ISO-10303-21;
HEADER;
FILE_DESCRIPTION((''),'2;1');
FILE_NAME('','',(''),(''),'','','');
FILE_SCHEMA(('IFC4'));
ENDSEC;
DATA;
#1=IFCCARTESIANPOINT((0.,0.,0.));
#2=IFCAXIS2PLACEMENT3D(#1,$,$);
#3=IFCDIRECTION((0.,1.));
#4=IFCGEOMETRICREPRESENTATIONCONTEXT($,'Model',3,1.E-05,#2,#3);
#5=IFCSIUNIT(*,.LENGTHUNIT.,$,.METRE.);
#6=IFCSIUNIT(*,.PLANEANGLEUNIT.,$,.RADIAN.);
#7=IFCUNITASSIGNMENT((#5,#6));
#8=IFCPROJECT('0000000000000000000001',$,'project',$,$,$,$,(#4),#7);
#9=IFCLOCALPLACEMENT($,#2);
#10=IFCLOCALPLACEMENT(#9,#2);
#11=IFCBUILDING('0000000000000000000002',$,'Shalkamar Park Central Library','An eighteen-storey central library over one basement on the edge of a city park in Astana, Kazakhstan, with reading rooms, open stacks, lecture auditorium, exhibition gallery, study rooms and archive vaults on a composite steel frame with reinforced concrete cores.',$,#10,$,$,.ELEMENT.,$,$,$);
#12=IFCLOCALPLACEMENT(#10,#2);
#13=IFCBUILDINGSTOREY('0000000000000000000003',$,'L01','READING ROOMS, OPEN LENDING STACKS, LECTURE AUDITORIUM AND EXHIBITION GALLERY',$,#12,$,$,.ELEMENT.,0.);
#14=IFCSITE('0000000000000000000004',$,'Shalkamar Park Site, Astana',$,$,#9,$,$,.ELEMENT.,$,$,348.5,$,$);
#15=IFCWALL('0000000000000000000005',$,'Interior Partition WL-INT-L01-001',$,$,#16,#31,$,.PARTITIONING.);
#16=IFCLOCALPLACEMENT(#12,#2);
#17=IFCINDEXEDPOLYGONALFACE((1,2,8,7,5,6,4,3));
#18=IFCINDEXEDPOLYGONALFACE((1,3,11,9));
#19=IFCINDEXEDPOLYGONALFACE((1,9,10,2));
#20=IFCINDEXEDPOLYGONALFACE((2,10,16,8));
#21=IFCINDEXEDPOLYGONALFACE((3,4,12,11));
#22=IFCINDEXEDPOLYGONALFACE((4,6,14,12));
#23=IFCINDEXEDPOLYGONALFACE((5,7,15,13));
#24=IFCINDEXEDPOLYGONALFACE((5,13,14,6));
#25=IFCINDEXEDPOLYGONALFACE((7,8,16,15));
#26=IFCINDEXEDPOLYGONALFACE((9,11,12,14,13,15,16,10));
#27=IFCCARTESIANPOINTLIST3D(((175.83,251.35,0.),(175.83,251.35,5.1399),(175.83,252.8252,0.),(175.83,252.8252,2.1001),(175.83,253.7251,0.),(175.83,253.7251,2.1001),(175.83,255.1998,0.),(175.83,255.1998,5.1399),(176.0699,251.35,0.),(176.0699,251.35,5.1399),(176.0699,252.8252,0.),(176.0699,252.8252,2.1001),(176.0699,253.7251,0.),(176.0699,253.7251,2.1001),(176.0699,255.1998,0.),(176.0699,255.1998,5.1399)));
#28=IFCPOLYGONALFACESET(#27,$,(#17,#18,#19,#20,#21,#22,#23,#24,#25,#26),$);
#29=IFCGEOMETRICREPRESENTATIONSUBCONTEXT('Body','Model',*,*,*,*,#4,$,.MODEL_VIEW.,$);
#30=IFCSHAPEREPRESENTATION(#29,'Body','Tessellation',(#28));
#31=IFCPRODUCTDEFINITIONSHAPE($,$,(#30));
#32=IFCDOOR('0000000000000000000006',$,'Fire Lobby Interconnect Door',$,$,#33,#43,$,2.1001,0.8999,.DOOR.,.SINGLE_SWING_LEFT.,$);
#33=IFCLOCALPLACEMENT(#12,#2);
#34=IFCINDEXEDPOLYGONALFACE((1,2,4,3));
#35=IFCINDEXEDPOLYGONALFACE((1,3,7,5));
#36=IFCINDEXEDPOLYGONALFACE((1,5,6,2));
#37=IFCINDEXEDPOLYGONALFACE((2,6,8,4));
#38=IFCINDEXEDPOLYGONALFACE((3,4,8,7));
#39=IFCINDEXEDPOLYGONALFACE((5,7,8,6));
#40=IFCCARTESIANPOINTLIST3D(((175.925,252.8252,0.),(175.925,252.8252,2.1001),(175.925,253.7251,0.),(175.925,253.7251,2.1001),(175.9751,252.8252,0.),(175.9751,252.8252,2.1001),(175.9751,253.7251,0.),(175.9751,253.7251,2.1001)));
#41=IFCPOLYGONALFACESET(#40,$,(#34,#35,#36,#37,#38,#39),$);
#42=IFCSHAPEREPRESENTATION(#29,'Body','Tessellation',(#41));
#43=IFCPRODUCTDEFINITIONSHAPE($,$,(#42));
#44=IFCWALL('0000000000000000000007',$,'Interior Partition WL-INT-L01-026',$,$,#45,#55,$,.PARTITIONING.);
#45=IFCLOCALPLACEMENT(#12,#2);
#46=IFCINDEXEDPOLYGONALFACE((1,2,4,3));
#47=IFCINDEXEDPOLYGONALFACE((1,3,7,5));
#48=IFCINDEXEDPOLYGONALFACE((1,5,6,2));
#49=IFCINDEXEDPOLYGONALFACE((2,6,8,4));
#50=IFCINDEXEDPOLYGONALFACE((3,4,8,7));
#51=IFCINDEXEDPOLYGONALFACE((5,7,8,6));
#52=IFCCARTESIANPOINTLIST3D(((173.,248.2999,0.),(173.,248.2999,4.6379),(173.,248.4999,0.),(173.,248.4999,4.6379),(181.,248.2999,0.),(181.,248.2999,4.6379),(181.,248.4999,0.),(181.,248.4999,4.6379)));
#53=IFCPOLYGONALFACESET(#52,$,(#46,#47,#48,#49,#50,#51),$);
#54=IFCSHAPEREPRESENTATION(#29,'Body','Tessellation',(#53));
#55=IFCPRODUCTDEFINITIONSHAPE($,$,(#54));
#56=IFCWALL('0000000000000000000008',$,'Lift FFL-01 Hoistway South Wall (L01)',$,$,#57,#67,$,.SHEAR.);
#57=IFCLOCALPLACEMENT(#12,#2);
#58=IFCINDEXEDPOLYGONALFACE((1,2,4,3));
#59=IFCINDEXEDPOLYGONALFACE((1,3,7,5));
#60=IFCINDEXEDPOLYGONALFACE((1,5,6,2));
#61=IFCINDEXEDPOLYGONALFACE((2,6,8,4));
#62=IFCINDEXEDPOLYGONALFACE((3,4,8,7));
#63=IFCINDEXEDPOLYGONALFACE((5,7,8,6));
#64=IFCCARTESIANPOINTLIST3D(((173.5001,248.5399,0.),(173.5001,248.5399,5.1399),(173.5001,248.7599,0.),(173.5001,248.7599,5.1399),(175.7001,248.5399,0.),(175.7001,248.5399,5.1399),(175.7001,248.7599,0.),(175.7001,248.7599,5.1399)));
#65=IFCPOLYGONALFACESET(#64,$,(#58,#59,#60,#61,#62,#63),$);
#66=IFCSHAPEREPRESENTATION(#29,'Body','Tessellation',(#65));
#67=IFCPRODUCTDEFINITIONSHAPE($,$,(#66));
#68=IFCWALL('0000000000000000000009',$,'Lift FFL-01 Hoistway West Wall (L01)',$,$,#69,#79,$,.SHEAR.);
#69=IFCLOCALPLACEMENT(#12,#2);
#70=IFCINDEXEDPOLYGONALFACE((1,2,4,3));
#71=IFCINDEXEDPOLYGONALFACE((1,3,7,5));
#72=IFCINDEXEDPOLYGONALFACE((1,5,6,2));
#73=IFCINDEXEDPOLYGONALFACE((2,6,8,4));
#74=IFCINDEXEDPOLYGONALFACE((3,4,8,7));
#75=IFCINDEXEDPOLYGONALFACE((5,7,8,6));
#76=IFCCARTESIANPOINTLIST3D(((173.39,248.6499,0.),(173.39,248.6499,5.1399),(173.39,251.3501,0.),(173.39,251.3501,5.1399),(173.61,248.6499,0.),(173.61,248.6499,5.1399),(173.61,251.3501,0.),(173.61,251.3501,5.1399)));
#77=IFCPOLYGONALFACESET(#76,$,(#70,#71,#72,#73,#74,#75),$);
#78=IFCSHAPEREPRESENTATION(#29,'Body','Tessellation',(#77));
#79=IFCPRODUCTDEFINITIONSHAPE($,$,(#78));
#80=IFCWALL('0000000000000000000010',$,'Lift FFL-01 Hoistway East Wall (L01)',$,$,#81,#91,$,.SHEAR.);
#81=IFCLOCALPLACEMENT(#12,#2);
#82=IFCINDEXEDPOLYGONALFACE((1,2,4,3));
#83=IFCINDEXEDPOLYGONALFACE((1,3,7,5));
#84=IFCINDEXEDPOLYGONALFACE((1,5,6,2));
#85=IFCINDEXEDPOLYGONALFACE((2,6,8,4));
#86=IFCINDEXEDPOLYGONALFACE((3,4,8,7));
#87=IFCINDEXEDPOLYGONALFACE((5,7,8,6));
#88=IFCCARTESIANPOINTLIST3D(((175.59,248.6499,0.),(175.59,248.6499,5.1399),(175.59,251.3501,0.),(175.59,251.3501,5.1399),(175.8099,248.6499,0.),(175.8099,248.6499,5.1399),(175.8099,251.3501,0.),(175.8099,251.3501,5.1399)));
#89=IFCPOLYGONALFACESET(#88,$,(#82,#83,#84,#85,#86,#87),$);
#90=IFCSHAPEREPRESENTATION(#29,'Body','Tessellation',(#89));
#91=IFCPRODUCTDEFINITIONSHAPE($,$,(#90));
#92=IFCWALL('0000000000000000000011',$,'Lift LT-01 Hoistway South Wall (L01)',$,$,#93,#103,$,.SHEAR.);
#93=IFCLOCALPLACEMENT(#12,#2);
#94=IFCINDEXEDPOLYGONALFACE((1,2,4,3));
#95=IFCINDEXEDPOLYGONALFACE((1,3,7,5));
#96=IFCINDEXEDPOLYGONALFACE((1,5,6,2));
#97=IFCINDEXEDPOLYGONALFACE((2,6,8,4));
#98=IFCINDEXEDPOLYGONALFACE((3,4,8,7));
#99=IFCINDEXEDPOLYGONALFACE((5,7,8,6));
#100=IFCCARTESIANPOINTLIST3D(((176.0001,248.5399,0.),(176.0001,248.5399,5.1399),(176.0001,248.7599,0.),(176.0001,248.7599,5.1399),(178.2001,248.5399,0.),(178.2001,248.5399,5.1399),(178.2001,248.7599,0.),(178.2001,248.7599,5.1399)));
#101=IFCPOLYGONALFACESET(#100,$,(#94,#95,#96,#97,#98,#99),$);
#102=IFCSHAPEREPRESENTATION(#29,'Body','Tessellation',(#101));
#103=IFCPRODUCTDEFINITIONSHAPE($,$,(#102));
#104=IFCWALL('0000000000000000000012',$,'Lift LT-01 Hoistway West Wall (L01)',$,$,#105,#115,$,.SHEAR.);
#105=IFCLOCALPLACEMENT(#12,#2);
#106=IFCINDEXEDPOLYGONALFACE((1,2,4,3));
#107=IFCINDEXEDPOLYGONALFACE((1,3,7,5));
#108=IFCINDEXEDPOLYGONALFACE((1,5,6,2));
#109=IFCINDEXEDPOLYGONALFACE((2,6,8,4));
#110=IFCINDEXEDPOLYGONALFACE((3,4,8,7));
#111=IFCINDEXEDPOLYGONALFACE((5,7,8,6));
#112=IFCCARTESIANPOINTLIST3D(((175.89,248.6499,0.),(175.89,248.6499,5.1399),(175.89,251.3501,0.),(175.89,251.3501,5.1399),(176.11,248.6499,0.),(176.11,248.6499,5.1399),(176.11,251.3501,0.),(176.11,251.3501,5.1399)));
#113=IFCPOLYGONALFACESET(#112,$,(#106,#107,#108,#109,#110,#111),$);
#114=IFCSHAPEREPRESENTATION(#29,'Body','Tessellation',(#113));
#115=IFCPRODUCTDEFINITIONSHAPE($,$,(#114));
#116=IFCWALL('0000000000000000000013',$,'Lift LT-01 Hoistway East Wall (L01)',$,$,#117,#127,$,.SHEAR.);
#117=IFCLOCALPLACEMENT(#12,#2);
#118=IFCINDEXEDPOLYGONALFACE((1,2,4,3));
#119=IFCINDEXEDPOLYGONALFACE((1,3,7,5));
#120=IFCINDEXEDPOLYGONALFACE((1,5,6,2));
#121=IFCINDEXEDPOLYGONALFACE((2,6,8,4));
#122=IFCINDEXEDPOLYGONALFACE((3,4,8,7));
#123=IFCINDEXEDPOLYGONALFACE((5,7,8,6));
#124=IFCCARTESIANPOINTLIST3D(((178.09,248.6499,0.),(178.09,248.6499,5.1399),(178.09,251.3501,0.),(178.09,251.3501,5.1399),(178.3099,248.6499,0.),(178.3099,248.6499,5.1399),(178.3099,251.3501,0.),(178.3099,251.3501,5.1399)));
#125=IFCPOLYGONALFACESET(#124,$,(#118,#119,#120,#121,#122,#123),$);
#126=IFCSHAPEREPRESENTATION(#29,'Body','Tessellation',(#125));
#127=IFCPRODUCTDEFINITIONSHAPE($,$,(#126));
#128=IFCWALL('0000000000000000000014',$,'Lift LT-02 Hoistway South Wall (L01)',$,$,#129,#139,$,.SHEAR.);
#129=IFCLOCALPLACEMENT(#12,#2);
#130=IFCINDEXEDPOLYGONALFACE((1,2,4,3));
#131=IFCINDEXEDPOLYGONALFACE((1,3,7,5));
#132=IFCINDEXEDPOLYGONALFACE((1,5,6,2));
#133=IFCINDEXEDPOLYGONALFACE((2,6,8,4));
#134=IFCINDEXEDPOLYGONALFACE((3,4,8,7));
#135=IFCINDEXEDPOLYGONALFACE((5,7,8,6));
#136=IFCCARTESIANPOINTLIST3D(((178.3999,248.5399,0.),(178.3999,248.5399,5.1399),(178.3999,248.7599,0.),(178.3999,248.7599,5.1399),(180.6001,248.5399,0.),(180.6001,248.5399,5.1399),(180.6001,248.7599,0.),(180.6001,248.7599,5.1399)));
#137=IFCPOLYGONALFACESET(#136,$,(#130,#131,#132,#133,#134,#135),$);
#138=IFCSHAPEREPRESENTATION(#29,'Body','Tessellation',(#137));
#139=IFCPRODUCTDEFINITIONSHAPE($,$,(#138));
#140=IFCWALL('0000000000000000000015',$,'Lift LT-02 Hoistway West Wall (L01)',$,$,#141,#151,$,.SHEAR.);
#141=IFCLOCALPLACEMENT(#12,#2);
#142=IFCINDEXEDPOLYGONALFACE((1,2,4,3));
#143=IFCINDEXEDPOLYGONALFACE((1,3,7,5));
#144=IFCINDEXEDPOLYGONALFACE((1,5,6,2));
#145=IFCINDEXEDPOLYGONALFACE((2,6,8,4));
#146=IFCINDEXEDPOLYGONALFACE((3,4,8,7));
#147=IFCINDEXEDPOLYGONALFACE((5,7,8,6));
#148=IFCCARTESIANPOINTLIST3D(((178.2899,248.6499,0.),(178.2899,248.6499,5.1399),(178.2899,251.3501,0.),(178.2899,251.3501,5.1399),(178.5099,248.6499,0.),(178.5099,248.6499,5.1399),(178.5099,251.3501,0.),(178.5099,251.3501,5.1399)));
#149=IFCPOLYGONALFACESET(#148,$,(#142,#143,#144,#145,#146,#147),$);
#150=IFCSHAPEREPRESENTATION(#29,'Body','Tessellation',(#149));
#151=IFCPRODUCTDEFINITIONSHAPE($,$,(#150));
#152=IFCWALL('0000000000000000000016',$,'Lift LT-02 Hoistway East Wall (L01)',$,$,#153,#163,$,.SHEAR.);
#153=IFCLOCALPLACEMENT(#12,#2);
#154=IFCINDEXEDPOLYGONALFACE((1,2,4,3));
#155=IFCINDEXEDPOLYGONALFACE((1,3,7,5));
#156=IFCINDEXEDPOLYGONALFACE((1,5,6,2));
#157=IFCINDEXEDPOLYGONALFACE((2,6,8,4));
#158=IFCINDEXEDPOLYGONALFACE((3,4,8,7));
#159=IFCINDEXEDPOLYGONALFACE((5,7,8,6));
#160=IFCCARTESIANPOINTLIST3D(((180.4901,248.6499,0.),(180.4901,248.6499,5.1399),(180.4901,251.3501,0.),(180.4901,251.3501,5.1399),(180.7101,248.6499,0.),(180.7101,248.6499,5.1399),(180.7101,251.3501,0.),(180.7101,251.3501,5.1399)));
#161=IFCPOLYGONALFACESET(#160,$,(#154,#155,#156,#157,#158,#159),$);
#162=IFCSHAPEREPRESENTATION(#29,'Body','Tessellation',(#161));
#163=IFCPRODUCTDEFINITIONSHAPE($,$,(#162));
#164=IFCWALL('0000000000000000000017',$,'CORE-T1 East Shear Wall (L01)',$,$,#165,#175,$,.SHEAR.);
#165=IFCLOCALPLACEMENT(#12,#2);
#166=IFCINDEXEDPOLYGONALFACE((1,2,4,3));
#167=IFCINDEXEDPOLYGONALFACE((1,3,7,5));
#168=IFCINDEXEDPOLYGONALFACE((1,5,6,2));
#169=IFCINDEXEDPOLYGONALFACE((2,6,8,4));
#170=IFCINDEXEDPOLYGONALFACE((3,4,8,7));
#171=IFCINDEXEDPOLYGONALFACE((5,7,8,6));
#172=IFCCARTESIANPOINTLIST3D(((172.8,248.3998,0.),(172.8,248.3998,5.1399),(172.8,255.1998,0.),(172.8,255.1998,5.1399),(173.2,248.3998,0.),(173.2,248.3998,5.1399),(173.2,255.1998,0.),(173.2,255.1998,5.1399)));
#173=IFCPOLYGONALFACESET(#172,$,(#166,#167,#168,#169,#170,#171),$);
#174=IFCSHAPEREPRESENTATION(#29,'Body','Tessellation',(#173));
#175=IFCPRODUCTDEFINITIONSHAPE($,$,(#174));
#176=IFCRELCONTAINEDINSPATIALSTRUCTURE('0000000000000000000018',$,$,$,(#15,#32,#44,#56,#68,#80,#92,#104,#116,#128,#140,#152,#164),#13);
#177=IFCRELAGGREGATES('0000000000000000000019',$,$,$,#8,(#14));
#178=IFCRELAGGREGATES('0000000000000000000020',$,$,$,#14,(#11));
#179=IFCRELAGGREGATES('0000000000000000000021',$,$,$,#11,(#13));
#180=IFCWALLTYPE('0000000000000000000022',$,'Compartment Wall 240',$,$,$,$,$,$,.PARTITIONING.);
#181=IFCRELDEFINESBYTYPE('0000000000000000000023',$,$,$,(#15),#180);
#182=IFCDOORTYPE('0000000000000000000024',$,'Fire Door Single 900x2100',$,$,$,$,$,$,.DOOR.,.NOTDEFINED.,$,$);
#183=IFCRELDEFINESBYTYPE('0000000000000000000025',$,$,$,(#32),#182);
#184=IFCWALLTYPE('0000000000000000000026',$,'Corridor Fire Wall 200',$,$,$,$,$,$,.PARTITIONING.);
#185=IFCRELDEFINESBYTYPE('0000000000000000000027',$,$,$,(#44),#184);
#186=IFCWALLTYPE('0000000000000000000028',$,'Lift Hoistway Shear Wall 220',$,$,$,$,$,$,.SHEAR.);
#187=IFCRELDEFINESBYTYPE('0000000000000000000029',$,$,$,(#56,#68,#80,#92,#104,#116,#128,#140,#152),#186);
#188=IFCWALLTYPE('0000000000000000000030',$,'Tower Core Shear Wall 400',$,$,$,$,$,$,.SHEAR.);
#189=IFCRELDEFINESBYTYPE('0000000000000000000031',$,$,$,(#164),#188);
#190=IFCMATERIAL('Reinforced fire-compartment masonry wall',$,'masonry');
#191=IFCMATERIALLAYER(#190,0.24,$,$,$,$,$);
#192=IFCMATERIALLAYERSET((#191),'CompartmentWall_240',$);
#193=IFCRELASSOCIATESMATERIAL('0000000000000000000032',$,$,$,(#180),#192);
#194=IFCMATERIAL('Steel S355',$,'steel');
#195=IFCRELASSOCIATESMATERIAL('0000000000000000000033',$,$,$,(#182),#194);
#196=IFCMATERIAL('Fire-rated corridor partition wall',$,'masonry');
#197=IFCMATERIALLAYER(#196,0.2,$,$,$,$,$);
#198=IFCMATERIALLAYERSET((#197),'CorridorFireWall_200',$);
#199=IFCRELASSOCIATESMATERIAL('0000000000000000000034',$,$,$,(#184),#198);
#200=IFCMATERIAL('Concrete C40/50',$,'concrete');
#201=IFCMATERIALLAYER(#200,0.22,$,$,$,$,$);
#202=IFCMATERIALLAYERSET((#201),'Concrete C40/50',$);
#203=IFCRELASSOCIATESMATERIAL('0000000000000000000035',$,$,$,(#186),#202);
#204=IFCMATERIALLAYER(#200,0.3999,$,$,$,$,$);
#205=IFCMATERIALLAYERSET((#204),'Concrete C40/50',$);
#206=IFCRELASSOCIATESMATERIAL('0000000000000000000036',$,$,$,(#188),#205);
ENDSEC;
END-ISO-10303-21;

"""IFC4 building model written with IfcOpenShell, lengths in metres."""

from ifc_helpers import new_model, si_unit, direction, frame, frame_2d, origin, place, context, subcontext, project, spatial, rectangle, extrude, material, layer, layer_set, type_object, element, fill, save


model = new_model("IFC4")

# Units and contexts
model_context = context("Model", 3, precision=1e-05, world=origin(), true_north=direction((0.0, 1.0)))
body_context = subcontext(model_context, "Body", "Model", "MODEL_VIEW")
ifc_project = project(units=[si_unit("LENGTHUNIT", "METRE"), si_unit("PLANEANGLEUNIT", "RADIAN")], contexts=[model_context])

# Site, building, storey
site_placement = place(None, origin())
site = spatial("IfcSite", under=ifc_project, at=site_placement, Name="Shalkamar Park Site, Astana", CompositionType="ELEMENT", RefElevation=348.5)
building_placement = place(site_placement, origin())
building = spatial("IfcBuilding", under=site, at=building_placement, Name="Shalkamar Park Central Library", Description="An eighteen-storey central library over one basement on the edge of a city park in Astana, Kazakhstan, with reading rooms, open stacks, lecture auditorium, exhibition gallery, study rooms and archive vaults on a composite steel frame with reinforced concrete cores.", CompositionType="ELEMENT")
storey_placement = place(building_placement, origin())
storey = spatial("IfcBuildingStorey", under=building, at=storey_placement, Name="L01", Description="READING ROOMS, OPEN LENDING STACKS, LECTURE AUDITORIUM AND EXHIBITION GALLERY", CompositionType="ELEMENT", Elevation=0.0)

# Shared definitions
ifc_material_1 = material(Name="Steel S355", Category="steel")

# Wall, opening, door
ifc_material_2 = material(Name="Reinforced fire-compartment masonry wall", Category="masonry")
ifc_layer_1 = layer(ifc_material_2, 0.24)
ifc_layer_set_1 = layer_set([ifc_layer_1], Name="CompartmentWall_240")
wall_type_1 = type_object("IfcWallType", Name="Compartment Wall 240", PredefinedType="PARTITIONING", material=ifc_layer_set_1)
wall_1_placement = place(storey_placement, frame((175.95, 251.3501, 0.0), z_axis=(0.0, 0.0, 1.0), x_axis=(0.0, 1.0, 0.0)))
wall_1 = element("IfcWall", 1, at=wall_1_placement, inside=storey, type_object=wall_type_1, Name="Interior Partition WL-INT-L01-001", PredefinedType="PARTITIONING", context=body_context, shape_type="SweptSolid", body=[
    extrude(rectangle(XDim=3.8499, YDim=0.24, at=frame_2d((1.9248, 0.0))), origin(), (0.0, 0.0, 1.0), 5.1399),
])
opening_1_placement = place(wall_1_placement, frame((1.4751, 0.0, 0.0)))
opening_1 = element("IfcOpeningElement", 2, at=opening_1_placement, cuts=wall_1, PredefinedType="OPENING", context=body_context, shape_type="SweptSolid", body=[
    extrude(rectangle(XDim=0.8999, YDim=2.1001, at=frame_2d((0.45, 1.05))), frame((0.0, 0.1348, 0.0), z_axis=(0.0, -1.0, 0.0), x_axis=(1.0, 0.0, 0.0)), (0.0, 0.0, 1.0), 0.2698),
])
door_type_1 = type_object("IfcDoorType", Name="Fire Door Single 900x2100", OperationType="NOTDEFINED", PredefinedType="DOOR", material=ifc_material_1)
door_1_placement = place(opening_1_placement, origin())
door_1 = element("IfcDoor", 3, at=door_1_placement, inside=storey, type_object=door_type_1, Name="Fire Lobby Interconnect Door", OperationType="SINGLE_SWING_LEFT", OverallHeight=2.1001, OverallWidth=0.8999, PredefinedType="DOOR", context=body_context, shape_type="SweptSolid", body=[
    extrude(rectangle(XDim=0.8999, YDim=2.1001, at=frame_2d((0.45, 1.05))), frame((0.0, 0.0249, 0.0), z_axis=(0.0, -1.0, 0.0), x_axis=(1.0, 0.0, 0.0)), (0.0, 0.0, 1.0), 0.05),
])
fill(opening_1, door_1)

# Walls
ifc_material_3 = material(Name="Fire-rated corridor partition wall", Category="masonry")
ifc_layer_2 = layer(ifc_material_3, 0.2)
ifc_layer_set_2 = layer_set([ifc_layer_2], Name="CorridorFireWall_200")
wall_type_2 = type_object("IfcWallType", Name="Corridor Fire Wall 200", PredefinedType="PARTITIONING", material=ifc_layer_set_2)
wall_2_placement = place(storey_placement, frame((173.0, 248.3999, 0.0), z_axis=(0.0, 0.0, 1.0), x_axis=(1.0, 0.0, 0.0)))
element("IfcWall", 4, at=wall_2_placement, inside=storey, type_object=wall_type_2, Name="Interior Partition WL-INT-L01-026", PredefinedType="PARTITIONING", context=body_context, shape_type="SweptSolid", body=[
    extrude(rectangle(XDim=8.0, YDim=0.2, at=frame_2d((4.0, 0.0))), origin(), (0.0, 0.0, 1.0), 4.6379),
])
ifc_material_4 = material(Name="Concrete C40/50", Category="concrete")
ifc_layer_3 = layer(ifc_material_4, 0.22)
ifc_layer_set_3 = layer_set([ifc_layer_3], Name="Concrete C40/50")
wall_type_3 = type_object("IfcWallType", Name="Lift Hoistway Shear Wall 220", PredefinedType="SHEAR", material=ifc_layer_set_3)
wall_3_placement = place(storey_placement, frame((173.5, 248.6499, 0.0), z_axis=(0.0, 0.0, 1.0), x_axis=(1.0, 0.0, 0.0)))
element("IfcWall", 5, at=wall_3_placement, inside=storey, type_object=wall_type_3, Name="Lift FFL-01 Hoistway South Wall (L01)", PredefinedType="SHEAR", context=body_context, shape_type="SweptSolid", body=[
    extrude(rectangle(XDim=2.2, YDim=0.22, at=frame_2d((1.1001, 0.0))), origin(), (0.0, 0.0, 1.0), 5.1399),
])
for number, where, z_axis, x_axis, name in (
    (6, (173.5, 248.6499, 0.0), (0.0, 0.0, 1.0), (0.0, 1.0, 0.0), "Lift FFL-01 Hoistway West Wall (L01)"),
    (7, (175.7, 248.6499, 0.0), (0.0, 0.0, 1.0), (0.0, 1.0, 0.0), "Lift FFL-01 Hoistway East Wall (L01)"),
):
    element("IfcWall", number, at=place(storey_placement, frame(where, z_axis=z_axis, x_axis=x_axis)), inside=storey, type_object=wall_type_3, Name=name, PredefinedType="SHEAR", context=body_context, shape_type="SweptSolid", body=[
        extrude(rectangle(XDim=2.7002, YDim=0.22, at=frame_2d((1.3501, 0.0))), origin(), (0.0, 0.0, 1.0), 5.1399),
    ])

# Walls
wall_4_placement = place(storey_placement, frame((176.0, 248.6499, 0.0), z_axis=(0.0, 0.0, 1.0), x_axis=(1.0, 0.0, 0.0)))
element("IfcWall", 8, at=wall_4_placement, inside=storey, type_object=wall_type_3, Name="Lift LT-01 Hoistway South Wall (L01)", PredefinedType="SHEAR", context=body_context, shape_type="SweptSolid", body=[
    extrude(rectangle(XDim=2.2, YDim=0.22, at=frame_2d((1.1001, 0.0))), origin(), (0.0, 0.0, 1.0), 5.1399),
])
for number, where, z_axis, x_axis, name in (
    (9, (176.0, 248.6499, 0.0), (0.0, 0.0, 1.0), (0.0, 1.0, 0.0), "Lift LT-01 Hoistway West Wall (L01)"),
    (10, (178.2, 248.6499, 0.0), (0.0, 0.0, 1.0), (0.0, 1.0, 0.0), "Lift LT-01 Hoistway East Wall (L01)"),
):
    element("IfcWall", number, at=place(storey_placement, frame(where, z_axis=z_axis, x_axis=x_axis)), inside=storey, type_object=wall_type_3, Name=name, PredefinedType="SHEAR", context=body_context, shape_type="SweptSolid", body=[
        extrude(rectangle(XDim=2.7002, YDim=0.22, at=frame_2d((1.3501, 0.0))), origin(), (0.0, 0.0, 1.0), 5.1399),
    ])

# Walls
wall_5_placement = place(storey_placement, frame((178.3999, 248.6499, 0.0), z_axis=(0.0, 0.0, 1.0), x_axis=(1.0, 0.0, 0.0)))
element("IfcWall", 11, at=wall_5_placement, inside=storey, type_object=wall_type_3, Name="Lift LT-02 Hoistway South Wall (L01)", PredefinedType="SHEAR", context=body_context, shape_type="SweptSolid", body=[
    extrude(rectangle(XDim=2.2002, YDim=0.22, at=frame_2d((1.1001, 0.0))), origin(), (0.0, 0.0, 1.0), 5.1399),
])
for number, where, z_axis, x_axis, name in (
    (12, (178.3999, 248.6499, 0.0), (0.0, 0.0, 1.0), (0.0, 1.0, 0.0), "Lift LT-02 Hoistway West Wall (L01)"),
    (13, (180.6001, 248.6499, 0.0), (0.0, 0.0, 1.0), (0.0, 1.0, 0.0), "Lift LT-02 Hoistway East Wall (L01)"),
):
    element("IfcWall", number, at=place(storey_placement, frame(where, z_axis=z_axis, x_axis=x_axis)), inside=storey, type_object=wall_type_3, Name=name, PredefinedType="SHEAR", context=body_context, shape_type="SweptSolid", body=[
        extrude(rectangle(XDim=2.7002, YDim=0.22, at=frame_2d((1.3501, 0.0))), origin(), (0.0, 0.0, 1.0), 5.1399),
    ])

# Wall
ifc_layer_4 = layer(ifc_material_4, 0.3999)
ifc_layer_set_4 = layer_set([ifc_layer_4], Name="Concrete C40/50")
wall_type_4 = type_object("IfcWallType", Name="Tower Core Shear Wall 400", PredefinedType="SHEAR", material=ifc_layer_set_4)
wall_6_placement = place(storey_placement, frame((173.0, 248.3999, 0.0), z_axis=(0.0, 0.0, 1.0), x_axis=(0.0, 1.0, 0.0)))
element("IfcWall", 14, at=wall_6_placement, inside=storey, type_object=wall_type_4, Name="CORE-T1 East Shear Wall (L01)", PredefinedType="SHEAR", context=body_context, shape_type="SweptSolid", body=[
    extrude(rectangle(XDim=6.8, YDim=0.3999, at=frame_2d((3.3999, 0.0))), origin(), (0.0, 0.0, 1.0), 5.1399),
])

save(model, "model.ifc")
